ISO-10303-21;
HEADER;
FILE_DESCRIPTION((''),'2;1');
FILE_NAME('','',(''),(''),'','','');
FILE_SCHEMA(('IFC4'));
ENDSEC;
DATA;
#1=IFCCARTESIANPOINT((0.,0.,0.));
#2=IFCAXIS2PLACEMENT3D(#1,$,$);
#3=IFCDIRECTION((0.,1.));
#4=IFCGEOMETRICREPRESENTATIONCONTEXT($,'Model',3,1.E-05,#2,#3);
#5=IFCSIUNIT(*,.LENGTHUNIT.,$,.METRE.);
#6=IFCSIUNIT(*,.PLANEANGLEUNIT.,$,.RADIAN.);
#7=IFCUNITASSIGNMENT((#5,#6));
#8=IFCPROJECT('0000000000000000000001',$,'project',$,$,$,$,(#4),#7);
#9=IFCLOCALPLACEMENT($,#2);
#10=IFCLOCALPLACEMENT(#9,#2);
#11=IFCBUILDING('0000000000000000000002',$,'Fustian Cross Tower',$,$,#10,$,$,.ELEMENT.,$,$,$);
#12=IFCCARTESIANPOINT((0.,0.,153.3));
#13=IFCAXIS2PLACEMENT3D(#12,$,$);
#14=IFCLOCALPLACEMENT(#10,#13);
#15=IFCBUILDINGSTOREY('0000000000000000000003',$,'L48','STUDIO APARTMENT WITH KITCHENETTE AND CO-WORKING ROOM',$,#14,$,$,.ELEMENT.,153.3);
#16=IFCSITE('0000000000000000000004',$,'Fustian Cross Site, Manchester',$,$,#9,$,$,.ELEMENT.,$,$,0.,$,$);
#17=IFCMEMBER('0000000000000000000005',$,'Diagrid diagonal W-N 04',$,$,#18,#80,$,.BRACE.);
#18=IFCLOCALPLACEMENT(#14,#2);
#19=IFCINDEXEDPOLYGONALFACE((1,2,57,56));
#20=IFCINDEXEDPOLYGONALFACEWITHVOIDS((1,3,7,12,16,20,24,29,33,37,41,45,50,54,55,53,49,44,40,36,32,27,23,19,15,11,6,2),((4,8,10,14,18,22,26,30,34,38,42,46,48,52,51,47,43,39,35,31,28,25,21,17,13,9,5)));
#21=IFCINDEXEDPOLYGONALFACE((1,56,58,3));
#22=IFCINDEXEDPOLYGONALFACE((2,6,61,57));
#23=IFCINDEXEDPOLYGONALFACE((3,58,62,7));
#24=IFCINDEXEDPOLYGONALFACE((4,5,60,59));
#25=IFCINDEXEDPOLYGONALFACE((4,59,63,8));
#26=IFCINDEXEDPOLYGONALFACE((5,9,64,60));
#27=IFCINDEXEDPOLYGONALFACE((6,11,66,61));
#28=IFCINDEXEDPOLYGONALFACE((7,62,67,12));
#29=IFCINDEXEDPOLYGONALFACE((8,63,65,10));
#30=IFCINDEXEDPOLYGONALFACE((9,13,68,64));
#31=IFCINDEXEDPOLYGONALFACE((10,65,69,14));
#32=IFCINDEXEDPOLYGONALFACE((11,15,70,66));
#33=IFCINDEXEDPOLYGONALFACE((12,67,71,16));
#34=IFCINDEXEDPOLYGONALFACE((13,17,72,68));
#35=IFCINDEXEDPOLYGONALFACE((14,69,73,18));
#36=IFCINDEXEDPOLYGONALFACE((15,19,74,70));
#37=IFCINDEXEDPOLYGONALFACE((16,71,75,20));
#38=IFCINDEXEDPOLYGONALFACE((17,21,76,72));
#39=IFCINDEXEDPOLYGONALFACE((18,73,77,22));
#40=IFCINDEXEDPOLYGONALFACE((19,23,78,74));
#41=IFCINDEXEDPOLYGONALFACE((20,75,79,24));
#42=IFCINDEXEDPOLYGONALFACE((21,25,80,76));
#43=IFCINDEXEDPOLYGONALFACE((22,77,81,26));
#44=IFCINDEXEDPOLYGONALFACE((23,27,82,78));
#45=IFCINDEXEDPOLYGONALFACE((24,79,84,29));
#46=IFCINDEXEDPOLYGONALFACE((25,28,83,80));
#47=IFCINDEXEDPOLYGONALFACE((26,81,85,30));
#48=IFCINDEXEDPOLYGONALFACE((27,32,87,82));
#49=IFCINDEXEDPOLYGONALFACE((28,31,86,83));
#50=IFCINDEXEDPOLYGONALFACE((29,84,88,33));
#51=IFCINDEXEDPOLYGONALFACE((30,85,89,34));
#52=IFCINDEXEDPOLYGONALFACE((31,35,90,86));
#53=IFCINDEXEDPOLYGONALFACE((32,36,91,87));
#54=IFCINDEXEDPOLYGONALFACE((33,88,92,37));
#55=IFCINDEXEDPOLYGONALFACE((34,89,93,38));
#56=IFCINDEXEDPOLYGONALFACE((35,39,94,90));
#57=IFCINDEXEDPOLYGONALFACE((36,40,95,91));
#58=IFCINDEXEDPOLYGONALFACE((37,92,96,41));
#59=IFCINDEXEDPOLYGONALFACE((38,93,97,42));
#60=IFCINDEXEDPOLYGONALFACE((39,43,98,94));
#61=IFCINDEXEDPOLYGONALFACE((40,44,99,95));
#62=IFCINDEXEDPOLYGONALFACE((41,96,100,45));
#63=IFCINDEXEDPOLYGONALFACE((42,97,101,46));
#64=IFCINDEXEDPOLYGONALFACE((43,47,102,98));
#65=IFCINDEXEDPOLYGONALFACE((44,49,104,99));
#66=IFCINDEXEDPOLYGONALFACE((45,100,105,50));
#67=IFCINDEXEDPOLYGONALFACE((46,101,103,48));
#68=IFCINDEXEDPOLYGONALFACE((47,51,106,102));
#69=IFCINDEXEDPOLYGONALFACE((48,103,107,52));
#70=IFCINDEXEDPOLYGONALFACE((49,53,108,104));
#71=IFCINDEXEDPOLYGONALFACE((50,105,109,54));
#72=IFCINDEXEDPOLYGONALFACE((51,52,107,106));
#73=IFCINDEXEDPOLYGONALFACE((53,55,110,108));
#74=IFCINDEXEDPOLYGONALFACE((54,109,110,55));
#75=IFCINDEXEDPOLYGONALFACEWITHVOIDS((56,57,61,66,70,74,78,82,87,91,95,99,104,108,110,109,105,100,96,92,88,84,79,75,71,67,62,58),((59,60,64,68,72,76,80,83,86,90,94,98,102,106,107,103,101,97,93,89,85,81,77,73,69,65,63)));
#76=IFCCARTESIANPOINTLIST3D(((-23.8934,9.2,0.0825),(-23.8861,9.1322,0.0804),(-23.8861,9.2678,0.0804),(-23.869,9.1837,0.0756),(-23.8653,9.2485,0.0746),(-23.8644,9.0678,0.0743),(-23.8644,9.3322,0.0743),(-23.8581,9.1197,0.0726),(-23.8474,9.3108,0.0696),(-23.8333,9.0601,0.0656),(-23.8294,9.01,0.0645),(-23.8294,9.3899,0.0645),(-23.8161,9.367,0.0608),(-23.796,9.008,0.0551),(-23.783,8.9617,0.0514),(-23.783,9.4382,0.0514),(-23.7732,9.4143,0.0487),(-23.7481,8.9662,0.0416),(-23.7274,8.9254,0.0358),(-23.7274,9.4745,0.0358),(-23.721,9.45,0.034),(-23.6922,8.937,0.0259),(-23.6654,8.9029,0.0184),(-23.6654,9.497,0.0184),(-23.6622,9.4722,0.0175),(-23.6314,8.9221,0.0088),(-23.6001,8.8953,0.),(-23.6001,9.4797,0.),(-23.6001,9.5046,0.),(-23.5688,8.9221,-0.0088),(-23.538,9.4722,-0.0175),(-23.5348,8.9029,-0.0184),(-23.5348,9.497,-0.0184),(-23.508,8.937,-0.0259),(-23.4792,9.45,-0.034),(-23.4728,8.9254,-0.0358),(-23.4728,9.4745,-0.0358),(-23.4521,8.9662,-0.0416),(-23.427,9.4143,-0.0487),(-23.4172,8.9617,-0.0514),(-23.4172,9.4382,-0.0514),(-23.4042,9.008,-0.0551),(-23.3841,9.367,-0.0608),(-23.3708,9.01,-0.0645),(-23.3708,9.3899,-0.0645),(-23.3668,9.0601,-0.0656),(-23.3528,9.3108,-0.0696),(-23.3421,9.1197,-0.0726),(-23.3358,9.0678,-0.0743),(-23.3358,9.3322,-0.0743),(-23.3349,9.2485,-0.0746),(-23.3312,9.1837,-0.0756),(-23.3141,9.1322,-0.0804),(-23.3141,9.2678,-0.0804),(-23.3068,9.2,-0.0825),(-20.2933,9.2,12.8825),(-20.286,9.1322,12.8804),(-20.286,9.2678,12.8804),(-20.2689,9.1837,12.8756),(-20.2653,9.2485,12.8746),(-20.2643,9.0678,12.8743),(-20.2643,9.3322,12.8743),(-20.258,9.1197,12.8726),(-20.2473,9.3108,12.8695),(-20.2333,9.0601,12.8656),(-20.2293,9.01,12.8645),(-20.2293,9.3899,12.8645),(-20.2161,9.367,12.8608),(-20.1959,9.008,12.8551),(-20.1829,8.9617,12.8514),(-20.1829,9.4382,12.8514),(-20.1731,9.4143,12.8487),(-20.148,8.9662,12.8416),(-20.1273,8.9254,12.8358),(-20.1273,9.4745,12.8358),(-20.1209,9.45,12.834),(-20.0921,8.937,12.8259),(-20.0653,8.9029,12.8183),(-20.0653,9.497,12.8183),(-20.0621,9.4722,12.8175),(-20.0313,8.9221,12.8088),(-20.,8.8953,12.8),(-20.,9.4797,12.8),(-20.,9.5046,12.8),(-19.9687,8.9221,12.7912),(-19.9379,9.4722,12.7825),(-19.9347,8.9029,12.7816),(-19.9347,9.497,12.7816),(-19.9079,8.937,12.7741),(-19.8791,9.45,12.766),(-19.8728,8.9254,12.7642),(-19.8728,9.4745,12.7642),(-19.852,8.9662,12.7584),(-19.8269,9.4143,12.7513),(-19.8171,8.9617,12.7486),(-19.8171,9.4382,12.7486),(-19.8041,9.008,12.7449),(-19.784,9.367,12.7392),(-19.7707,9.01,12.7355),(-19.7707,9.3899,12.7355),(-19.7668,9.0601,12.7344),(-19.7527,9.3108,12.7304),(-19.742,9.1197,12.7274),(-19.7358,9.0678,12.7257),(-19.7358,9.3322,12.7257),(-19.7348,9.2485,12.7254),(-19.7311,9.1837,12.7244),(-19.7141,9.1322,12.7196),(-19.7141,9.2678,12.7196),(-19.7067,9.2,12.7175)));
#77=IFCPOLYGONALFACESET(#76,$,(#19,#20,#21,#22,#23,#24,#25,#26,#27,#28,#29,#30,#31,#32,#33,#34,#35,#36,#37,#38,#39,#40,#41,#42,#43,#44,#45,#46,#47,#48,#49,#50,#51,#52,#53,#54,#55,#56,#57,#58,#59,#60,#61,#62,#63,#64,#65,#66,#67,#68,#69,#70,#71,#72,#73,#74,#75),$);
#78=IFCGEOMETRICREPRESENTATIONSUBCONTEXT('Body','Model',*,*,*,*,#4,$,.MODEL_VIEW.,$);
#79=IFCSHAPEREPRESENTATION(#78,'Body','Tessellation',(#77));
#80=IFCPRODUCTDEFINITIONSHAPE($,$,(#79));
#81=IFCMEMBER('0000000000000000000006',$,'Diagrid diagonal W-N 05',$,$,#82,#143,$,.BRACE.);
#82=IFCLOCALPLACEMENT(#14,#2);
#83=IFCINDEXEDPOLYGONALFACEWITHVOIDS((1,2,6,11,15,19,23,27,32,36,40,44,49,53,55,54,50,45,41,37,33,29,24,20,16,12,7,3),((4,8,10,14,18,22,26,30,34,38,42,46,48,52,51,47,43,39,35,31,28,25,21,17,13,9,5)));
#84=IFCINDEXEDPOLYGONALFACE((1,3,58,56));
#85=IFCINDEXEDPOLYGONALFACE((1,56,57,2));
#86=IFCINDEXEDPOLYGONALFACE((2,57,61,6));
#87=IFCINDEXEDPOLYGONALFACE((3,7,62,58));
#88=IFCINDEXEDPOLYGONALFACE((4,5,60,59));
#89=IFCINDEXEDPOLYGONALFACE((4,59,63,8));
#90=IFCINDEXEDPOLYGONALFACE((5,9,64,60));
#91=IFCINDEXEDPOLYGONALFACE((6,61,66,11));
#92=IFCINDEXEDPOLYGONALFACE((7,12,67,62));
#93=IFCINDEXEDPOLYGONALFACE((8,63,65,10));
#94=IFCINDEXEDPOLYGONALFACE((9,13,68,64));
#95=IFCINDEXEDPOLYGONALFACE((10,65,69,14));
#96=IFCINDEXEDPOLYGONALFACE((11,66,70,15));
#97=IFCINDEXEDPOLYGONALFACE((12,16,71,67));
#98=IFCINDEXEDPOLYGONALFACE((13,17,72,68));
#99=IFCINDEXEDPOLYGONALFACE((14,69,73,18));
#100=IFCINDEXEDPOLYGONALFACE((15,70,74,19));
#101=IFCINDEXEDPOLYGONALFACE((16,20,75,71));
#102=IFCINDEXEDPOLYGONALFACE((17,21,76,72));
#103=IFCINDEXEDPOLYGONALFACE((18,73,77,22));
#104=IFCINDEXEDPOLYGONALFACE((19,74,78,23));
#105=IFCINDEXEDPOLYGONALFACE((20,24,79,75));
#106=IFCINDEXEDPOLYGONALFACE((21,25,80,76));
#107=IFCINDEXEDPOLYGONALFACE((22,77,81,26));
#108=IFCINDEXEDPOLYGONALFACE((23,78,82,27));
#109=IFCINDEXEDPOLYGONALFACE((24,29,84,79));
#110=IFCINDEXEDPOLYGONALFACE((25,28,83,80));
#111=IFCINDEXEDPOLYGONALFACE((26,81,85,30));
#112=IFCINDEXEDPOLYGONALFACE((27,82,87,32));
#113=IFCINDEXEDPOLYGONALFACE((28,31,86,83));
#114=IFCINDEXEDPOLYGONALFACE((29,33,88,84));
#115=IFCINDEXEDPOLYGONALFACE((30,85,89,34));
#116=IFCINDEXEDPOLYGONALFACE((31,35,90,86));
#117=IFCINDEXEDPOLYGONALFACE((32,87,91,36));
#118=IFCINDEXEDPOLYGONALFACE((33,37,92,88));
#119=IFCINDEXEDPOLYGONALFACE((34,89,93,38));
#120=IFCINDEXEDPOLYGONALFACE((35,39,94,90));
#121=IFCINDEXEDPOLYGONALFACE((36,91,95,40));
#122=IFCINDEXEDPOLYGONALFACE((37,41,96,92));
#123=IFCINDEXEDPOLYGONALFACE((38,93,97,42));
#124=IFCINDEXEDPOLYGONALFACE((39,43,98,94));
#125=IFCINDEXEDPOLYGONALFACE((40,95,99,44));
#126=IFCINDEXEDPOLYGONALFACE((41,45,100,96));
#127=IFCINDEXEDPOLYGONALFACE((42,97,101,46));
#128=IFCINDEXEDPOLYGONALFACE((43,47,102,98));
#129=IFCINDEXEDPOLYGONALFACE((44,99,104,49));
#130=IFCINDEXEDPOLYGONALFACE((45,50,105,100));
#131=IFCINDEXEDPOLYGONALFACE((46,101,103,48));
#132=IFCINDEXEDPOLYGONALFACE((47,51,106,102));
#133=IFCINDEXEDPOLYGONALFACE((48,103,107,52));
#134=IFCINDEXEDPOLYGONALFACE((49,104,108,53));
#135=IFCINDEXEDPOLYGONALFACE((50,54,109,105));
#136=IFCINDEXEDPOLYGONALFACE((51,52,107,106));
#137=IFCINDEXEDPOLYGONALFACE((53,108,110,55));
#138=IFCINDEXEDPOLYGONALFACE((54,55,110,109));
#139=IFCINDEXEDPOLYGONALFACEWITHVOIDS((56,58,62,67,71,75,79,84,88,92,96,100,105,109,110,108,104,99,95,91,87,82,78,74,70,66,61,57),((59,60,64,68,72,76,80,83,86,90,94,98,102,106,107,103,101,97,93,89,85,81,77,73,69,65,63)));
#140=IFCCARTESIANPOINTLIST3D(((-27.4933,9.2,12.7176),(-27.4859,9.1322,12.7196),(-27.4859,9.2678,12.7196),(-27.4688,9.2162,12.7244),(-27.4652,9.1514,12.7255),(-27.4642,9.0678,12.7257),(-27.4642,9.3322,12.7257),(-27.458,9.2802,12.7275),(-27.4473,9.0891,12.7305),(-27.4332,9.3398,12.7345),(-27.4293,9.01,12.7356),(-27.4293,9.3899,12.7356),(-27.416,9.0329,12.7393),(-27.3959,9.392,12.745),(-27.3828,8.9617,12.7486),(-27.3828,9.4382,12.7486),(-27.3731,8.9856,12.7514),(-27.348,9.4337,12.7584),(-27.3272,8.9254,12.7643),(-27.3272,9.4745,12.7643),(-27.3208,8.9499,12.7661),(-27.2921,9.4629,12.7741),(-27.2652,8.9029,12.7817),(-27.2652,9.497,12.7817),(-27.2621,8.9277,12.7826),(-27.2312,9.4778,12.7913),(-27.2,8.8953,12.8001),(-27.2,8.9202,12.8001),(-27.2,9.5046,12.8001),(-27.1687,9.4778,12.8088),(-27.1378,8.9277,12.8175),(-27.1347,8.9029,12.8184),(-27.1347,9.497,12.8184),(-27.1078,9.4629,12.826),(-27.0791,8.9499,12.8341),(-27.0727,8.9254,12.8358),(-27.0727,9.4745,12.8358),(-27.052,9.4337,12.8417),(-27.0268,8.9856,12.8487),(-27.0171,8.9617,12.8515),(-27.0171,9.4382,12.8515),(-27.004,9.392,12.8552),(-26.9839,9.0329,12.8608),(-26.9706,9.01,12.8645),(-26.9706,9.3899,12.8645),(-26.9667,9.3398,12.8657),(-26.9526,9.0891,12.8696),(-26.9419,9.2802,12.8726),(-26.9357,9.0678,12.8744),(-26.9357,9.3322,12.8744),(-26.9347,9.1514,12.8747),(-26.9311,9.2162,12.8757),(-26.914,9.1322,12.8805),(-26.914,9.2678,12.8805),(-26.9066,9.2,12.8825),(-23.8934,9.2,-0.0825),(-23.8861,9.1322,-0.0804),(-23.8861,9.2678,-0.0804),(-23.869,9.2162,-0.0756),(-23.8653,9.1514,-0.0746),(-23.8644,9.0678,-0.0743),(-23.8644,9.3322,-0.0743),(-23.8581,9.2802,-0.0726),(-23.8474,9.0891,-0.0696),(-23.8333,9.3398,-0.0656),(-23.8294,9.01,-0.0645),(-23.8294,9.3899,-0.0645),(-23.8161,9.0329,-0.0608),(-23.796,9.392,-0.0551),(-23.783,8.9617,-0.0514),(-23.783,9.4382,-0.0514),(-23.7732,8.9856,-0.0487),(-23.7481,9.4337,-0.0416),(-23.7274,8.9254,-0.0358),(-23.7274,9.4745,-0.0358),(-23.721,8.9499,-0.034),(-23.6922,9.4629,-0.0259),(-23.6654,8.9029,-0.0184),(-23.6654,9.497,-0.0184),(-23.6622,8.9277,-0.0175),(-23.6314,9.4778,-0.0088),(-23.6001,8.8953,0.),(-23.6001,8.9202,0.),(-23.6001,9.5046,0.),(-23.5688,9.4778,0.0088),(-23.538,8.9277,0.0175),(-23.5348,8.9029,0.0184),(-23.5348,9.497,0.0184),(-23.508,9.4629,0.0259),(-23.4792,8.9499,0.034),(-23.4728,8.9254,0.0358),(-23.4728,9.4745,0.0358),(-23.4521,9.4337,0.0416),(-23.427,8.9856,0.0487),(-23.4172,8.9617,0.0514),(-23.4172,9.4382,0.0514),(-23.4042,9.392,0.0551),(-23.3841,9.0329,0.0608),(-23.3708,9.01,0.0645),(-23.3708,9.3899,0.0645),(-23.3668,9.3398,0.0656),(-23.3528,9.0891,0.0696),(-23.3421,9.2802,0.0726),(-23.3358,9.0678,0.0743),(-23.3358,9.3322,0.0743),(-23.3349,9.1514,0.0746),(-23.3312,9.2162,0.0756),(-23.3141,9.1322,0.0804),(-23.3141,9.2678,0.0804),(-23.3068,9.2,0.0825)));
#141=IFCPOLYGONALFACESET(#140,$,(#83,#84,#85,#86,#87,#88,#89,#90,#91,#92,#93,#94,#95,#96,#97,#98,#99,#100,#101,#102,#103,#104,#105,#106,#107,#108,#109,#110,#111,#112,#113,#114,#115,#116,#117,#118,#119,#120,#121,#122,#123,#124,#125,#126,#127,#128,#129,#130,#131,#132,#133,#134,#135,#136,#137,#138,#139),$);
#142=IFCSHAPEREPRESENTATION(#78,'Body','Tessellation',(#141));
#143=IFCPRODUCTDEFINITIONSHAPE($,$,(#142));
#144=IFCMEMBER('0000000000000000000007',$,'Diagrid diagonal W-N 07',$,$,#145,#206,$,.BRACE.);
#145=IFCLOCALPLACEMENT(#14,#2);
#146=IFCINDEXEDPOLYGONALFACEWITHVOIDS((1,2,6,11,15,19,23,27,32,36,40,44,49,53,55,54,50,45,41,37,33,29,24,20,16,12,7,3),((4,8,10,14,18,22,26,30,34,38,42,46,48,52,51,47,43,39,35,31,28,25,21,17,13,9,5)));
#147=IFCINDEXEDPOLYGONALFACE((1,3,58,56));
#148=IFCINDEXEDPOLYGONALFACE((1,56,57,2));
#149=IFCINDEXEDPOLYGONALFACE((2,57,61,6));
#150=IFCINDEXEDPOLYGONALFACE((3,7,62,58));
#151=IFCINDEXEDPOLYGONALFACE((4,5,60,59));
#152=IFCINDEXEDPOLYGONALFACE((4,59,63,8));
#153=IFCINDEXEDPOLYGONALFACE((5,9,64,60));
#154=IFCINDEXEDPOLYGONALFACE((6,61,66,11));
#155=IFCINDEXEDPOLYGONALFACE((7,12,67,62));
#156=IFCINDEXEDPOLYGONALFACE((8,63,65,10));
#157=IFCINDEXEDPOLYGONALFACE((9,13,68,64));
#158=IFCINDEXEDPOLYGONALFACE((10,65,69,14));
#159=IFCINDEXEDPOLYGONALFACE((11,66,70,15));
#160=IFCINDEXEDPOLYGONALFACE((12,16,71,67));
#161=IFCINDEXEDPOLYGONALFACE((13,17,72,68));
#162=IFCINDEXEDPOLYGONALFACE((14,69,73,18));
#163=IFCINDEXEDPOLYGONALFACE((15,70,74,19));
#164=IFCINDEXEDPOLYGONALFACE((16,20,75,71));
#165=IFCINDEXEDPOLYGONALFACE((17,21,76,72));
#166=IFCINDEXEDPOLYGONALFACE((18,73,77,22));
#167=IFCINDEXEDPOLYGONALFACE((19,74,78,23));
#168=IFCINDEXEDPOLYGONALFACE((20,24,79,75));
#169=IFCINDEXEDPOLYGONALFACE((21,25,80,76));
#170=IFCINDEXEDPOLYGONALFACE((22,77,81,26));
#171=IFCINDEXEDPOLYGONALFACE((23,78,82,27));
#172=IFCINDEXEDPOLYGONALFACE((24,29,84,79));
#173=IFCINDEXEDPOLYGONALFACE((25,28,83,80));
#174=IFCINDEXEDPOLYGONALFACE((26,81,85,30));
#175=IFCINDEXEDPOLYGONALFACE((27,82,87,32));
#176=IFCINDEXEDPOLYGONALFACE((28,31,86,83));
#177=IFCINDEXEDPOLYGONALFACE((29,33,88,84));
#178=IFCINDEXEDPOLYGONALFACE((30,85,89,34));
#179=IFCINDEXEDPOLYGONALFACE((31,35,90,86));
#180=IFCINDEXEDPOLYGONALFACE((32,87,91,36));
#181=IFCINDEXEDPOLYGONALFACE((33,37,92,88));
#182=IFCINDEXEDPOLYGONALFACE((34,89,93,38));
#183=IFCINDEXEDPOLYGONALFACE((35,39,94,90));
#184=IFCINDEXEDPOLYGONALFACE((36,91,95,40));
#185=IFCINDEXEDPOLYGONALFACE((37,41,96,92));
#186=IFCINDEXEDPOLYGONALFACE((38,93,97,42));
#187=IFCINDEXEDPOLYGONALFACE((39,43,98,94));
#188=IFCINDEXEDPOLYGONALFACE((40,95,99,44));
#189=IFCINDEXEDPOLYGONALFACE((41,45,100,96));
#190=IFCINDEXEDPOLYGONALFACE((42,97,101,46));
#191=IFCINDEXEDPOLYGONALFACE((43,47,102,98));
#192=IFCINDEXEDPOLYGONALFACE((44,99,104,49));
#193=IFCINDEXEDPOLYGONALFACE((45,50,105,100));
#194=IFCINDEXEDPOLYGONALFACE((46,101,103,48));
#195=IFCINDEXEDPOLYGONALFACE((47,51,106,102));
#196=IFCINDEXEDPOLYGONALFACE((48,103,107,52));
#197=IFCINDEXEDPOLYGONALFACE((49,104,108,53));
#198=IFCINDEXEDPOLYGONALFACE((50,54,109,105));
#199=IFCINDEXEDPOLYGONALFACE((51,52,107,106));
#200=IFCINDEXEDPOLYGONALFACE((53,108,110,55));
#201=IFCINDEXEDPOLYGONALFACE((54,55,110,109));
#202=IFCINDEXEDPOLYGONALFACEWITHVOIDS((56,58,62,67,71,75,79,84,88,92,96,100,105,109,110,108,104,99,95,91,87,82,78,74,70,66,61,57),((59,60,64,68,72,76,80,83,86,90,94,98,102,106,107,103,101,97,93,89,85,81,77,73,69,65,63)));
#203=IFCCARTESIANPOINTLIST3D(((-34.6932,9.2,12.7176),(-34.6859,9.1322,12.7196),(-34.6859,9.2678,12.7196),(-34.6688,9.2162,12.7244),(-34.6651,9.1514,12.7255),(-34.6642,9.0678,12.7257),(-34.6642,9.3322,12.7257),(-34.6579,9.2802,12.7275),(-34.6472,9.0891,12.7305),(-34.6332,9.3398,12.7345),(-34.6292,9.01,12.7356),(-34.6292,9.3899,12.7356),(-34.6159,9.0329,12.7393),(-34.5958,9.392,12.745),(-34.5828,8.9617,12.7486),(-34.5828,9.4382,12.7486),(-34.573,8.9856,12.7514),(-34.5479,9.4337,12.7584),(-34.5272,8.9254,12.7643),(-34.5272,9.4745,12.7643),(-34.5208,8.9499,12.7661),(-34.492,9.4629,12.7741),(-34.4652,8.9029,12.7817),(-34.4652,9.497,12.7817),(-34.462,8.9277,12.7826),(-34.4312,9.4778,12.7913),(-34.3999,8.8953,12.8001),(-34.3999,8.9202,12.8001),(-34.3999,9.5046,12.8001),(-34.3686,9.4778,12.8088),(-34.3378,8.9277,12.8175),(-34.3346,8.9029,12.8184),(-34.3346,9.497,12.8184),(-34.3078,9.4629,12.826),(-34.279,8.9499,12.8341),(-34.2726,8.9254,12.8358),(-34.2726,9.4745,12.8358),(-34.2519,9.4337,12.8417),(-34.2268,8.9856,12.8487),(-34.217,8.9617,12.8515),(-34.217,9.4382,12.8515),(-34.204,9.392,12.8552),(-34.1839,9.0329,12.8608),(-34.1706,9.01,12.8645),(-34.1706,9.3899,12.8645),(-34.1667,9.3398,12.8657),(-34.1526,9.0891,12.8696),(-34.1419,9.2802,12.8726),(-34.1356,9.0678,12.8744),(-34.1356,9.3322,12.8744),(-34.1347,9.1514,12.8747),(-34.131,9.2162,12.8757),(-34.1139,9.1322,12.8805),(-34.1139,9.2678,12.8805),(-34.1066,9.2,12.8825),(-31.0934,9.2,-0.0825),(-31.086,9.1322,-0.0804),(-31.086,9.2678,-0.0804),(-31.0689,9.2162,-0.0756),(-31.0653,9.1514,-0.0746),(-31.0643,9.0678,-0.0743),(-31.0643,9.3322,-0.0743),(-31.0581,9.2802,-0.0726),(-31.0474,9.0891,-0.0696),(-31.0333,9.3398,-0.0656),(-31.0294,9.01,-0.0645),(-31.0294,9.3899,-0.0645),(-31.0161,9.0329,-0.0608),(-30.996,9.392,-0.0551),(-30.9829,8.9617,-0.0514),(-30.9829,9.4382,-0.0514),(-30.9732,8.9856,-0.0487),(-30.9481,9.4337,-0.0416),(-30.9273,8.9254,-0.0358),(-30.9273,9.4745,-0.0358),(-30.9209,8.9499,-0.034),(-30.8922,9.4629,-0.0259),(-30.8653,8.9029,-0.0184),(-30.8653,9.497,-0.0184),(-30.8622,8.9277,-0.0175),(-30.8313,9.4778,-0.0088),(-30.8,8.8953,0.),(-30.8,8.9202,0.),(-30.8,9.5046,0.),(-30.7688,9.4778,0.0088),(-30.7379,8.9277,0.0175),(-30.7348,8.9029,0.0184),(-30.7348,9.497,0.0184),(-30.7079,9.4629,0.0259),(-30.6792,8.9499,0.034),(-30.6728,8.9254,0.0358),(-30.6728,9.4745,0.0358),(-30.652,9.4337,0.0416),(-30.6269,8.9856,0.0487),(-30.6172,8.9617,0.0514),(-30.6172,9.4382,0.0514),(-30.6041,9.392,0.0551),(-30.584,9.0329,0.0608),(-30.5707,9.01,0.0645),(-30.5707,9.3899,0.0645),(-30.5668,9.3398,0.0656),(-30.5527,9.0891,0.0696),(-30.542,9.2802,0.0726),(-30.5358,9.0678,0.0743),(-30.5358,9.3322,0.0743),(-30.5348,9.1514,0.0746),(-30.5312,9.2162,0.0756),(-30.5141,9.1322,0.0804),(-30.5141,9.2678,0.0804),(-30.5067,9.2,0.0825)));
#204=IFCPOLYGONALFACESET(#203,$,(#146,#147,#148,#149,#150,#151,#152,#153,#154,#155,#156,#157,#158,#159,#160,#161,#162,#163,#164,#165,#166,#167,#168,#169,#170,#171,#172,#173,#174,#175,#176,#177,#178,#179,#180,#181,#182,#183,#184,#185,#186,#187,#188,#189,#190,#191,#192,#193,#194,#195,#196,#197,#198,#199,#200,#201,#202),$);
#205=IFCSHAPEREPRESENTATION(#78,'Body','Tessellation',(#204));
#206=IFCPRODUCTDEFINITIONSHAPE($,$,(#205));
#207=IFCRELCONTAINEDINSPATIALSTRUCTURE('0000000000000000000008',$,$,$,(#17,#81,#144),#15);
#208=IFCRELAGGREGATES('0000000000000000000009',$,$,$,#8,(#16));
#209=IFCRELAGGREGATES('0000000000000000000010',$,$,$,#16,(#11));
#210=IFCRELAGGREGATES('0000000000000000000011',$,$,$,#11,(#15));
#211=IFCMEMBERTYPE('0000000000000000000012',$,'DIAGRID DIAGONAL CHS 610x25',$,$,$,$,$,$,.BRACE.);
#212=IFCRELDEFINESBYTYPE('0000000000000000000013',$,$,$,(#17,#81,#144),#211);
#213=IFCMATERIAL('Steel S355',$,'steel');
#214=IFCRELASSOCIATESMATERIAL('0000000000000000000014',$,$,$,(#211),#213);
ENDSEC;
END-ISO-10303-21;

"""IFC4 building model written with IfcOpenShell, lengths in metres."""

from ifc_helpers import new_model, si_unit, direction, frame, origin, origin_2d, place, context, subcontext, project, spatial, hollow_circle, extrude, material, material_profile, profile_set, type_object, element, save


model = new_model("IFC4")

# Units and contexts
model_context = context("Model", 3, precision=1e-05, world=origin(), true_north=direction((0.0, 1.0)))
body_context = subcontext(model_context, "Body", "Model", "MODEL_VIEW")
ifc_project = project(units=[si_unit("LENGTHUNIT", "METRE"), si_unit("PLANEANGLEUNIT", "RADIAN")], contexts=[model_context])

# Site, building, storey
site_placement = place(None, origin())
site = spatial("IfcSite", under=ifc_project, at=site_placement, Name="Fustian Cross Site, Manchester", CompositionType="ELEMENT", RefElevation=0.0)
building_placement = place(site_placement, origin())
building = spatial("IfcBuilding", under=site, at=building_placement, Name="Fustian Cross Tower", CompositionType="ELEMENT")
storey_placement = place(building_placement, frame((0.0, 0.0, 153.3)))
storey = spatial("IfcBuildingStorey", under=building, at=storey_placement, Name="L48", Description="STUDIO APARTMENT WITH KITCHENETTE AND CO-WORKING ROOM", CompositionType="ELEMENT", Elevation=153.3)

# Members
ifc_material_1 = material(Name="Steel S355", Category="steel")
ifc_material_profile_1 = material_profile(ifc_material_1, hollow_circle(Radius=0.3047, WallThickness=0.0249, at=origin_2d()), Name="CHS 610x25")
ifc_profile_set_1 = profile_set([ifc_material_profile_1], Name="Steel S355")
member_type = type_object("IfcMemberType", Name="DIAGRID DIAGONAL CHS 610x25", PredefinedType="BRACE", material=ifc_profile_set_1)
for number, where, z_axis, x_axis, name in (
    (1, (-23.6001, 9.2, 0.0), (0.270751, 0.0, 0.962649), (0.0, 1.0, 0.0), "Diagrid diagonal W-N 04"),
    (2, (-23.6001, 9.2, 0.0), (-0.270734, 0.0, 0.962654), (0.0, -1.0, 0.0), "Diagrid diagonal W-N 05"),
    (3, (-30.8, 9.2, 0.0), (-0.270734, 0.0, 0.962654), (0.0, -1.0, 0.0), "Diagrid diagonal W-N 07"),
):
    element("IfcMember", number, at=place(storey_placement, frame(where, z_axis=z_axis, x_axis=x_axis)), inside=storey, type_object=member_type, Name=name, PredefinedType="BRACE", context=body_context, shape_type="SweptSolid", body=[
        extrude(hollow_circle(Radius=0.3047, WallThickness=0.0249, at=origin_2d()), origin(), (0.0, 0.0, 1.0), 13.2966),
    ])

save(model, "model.ifc")
